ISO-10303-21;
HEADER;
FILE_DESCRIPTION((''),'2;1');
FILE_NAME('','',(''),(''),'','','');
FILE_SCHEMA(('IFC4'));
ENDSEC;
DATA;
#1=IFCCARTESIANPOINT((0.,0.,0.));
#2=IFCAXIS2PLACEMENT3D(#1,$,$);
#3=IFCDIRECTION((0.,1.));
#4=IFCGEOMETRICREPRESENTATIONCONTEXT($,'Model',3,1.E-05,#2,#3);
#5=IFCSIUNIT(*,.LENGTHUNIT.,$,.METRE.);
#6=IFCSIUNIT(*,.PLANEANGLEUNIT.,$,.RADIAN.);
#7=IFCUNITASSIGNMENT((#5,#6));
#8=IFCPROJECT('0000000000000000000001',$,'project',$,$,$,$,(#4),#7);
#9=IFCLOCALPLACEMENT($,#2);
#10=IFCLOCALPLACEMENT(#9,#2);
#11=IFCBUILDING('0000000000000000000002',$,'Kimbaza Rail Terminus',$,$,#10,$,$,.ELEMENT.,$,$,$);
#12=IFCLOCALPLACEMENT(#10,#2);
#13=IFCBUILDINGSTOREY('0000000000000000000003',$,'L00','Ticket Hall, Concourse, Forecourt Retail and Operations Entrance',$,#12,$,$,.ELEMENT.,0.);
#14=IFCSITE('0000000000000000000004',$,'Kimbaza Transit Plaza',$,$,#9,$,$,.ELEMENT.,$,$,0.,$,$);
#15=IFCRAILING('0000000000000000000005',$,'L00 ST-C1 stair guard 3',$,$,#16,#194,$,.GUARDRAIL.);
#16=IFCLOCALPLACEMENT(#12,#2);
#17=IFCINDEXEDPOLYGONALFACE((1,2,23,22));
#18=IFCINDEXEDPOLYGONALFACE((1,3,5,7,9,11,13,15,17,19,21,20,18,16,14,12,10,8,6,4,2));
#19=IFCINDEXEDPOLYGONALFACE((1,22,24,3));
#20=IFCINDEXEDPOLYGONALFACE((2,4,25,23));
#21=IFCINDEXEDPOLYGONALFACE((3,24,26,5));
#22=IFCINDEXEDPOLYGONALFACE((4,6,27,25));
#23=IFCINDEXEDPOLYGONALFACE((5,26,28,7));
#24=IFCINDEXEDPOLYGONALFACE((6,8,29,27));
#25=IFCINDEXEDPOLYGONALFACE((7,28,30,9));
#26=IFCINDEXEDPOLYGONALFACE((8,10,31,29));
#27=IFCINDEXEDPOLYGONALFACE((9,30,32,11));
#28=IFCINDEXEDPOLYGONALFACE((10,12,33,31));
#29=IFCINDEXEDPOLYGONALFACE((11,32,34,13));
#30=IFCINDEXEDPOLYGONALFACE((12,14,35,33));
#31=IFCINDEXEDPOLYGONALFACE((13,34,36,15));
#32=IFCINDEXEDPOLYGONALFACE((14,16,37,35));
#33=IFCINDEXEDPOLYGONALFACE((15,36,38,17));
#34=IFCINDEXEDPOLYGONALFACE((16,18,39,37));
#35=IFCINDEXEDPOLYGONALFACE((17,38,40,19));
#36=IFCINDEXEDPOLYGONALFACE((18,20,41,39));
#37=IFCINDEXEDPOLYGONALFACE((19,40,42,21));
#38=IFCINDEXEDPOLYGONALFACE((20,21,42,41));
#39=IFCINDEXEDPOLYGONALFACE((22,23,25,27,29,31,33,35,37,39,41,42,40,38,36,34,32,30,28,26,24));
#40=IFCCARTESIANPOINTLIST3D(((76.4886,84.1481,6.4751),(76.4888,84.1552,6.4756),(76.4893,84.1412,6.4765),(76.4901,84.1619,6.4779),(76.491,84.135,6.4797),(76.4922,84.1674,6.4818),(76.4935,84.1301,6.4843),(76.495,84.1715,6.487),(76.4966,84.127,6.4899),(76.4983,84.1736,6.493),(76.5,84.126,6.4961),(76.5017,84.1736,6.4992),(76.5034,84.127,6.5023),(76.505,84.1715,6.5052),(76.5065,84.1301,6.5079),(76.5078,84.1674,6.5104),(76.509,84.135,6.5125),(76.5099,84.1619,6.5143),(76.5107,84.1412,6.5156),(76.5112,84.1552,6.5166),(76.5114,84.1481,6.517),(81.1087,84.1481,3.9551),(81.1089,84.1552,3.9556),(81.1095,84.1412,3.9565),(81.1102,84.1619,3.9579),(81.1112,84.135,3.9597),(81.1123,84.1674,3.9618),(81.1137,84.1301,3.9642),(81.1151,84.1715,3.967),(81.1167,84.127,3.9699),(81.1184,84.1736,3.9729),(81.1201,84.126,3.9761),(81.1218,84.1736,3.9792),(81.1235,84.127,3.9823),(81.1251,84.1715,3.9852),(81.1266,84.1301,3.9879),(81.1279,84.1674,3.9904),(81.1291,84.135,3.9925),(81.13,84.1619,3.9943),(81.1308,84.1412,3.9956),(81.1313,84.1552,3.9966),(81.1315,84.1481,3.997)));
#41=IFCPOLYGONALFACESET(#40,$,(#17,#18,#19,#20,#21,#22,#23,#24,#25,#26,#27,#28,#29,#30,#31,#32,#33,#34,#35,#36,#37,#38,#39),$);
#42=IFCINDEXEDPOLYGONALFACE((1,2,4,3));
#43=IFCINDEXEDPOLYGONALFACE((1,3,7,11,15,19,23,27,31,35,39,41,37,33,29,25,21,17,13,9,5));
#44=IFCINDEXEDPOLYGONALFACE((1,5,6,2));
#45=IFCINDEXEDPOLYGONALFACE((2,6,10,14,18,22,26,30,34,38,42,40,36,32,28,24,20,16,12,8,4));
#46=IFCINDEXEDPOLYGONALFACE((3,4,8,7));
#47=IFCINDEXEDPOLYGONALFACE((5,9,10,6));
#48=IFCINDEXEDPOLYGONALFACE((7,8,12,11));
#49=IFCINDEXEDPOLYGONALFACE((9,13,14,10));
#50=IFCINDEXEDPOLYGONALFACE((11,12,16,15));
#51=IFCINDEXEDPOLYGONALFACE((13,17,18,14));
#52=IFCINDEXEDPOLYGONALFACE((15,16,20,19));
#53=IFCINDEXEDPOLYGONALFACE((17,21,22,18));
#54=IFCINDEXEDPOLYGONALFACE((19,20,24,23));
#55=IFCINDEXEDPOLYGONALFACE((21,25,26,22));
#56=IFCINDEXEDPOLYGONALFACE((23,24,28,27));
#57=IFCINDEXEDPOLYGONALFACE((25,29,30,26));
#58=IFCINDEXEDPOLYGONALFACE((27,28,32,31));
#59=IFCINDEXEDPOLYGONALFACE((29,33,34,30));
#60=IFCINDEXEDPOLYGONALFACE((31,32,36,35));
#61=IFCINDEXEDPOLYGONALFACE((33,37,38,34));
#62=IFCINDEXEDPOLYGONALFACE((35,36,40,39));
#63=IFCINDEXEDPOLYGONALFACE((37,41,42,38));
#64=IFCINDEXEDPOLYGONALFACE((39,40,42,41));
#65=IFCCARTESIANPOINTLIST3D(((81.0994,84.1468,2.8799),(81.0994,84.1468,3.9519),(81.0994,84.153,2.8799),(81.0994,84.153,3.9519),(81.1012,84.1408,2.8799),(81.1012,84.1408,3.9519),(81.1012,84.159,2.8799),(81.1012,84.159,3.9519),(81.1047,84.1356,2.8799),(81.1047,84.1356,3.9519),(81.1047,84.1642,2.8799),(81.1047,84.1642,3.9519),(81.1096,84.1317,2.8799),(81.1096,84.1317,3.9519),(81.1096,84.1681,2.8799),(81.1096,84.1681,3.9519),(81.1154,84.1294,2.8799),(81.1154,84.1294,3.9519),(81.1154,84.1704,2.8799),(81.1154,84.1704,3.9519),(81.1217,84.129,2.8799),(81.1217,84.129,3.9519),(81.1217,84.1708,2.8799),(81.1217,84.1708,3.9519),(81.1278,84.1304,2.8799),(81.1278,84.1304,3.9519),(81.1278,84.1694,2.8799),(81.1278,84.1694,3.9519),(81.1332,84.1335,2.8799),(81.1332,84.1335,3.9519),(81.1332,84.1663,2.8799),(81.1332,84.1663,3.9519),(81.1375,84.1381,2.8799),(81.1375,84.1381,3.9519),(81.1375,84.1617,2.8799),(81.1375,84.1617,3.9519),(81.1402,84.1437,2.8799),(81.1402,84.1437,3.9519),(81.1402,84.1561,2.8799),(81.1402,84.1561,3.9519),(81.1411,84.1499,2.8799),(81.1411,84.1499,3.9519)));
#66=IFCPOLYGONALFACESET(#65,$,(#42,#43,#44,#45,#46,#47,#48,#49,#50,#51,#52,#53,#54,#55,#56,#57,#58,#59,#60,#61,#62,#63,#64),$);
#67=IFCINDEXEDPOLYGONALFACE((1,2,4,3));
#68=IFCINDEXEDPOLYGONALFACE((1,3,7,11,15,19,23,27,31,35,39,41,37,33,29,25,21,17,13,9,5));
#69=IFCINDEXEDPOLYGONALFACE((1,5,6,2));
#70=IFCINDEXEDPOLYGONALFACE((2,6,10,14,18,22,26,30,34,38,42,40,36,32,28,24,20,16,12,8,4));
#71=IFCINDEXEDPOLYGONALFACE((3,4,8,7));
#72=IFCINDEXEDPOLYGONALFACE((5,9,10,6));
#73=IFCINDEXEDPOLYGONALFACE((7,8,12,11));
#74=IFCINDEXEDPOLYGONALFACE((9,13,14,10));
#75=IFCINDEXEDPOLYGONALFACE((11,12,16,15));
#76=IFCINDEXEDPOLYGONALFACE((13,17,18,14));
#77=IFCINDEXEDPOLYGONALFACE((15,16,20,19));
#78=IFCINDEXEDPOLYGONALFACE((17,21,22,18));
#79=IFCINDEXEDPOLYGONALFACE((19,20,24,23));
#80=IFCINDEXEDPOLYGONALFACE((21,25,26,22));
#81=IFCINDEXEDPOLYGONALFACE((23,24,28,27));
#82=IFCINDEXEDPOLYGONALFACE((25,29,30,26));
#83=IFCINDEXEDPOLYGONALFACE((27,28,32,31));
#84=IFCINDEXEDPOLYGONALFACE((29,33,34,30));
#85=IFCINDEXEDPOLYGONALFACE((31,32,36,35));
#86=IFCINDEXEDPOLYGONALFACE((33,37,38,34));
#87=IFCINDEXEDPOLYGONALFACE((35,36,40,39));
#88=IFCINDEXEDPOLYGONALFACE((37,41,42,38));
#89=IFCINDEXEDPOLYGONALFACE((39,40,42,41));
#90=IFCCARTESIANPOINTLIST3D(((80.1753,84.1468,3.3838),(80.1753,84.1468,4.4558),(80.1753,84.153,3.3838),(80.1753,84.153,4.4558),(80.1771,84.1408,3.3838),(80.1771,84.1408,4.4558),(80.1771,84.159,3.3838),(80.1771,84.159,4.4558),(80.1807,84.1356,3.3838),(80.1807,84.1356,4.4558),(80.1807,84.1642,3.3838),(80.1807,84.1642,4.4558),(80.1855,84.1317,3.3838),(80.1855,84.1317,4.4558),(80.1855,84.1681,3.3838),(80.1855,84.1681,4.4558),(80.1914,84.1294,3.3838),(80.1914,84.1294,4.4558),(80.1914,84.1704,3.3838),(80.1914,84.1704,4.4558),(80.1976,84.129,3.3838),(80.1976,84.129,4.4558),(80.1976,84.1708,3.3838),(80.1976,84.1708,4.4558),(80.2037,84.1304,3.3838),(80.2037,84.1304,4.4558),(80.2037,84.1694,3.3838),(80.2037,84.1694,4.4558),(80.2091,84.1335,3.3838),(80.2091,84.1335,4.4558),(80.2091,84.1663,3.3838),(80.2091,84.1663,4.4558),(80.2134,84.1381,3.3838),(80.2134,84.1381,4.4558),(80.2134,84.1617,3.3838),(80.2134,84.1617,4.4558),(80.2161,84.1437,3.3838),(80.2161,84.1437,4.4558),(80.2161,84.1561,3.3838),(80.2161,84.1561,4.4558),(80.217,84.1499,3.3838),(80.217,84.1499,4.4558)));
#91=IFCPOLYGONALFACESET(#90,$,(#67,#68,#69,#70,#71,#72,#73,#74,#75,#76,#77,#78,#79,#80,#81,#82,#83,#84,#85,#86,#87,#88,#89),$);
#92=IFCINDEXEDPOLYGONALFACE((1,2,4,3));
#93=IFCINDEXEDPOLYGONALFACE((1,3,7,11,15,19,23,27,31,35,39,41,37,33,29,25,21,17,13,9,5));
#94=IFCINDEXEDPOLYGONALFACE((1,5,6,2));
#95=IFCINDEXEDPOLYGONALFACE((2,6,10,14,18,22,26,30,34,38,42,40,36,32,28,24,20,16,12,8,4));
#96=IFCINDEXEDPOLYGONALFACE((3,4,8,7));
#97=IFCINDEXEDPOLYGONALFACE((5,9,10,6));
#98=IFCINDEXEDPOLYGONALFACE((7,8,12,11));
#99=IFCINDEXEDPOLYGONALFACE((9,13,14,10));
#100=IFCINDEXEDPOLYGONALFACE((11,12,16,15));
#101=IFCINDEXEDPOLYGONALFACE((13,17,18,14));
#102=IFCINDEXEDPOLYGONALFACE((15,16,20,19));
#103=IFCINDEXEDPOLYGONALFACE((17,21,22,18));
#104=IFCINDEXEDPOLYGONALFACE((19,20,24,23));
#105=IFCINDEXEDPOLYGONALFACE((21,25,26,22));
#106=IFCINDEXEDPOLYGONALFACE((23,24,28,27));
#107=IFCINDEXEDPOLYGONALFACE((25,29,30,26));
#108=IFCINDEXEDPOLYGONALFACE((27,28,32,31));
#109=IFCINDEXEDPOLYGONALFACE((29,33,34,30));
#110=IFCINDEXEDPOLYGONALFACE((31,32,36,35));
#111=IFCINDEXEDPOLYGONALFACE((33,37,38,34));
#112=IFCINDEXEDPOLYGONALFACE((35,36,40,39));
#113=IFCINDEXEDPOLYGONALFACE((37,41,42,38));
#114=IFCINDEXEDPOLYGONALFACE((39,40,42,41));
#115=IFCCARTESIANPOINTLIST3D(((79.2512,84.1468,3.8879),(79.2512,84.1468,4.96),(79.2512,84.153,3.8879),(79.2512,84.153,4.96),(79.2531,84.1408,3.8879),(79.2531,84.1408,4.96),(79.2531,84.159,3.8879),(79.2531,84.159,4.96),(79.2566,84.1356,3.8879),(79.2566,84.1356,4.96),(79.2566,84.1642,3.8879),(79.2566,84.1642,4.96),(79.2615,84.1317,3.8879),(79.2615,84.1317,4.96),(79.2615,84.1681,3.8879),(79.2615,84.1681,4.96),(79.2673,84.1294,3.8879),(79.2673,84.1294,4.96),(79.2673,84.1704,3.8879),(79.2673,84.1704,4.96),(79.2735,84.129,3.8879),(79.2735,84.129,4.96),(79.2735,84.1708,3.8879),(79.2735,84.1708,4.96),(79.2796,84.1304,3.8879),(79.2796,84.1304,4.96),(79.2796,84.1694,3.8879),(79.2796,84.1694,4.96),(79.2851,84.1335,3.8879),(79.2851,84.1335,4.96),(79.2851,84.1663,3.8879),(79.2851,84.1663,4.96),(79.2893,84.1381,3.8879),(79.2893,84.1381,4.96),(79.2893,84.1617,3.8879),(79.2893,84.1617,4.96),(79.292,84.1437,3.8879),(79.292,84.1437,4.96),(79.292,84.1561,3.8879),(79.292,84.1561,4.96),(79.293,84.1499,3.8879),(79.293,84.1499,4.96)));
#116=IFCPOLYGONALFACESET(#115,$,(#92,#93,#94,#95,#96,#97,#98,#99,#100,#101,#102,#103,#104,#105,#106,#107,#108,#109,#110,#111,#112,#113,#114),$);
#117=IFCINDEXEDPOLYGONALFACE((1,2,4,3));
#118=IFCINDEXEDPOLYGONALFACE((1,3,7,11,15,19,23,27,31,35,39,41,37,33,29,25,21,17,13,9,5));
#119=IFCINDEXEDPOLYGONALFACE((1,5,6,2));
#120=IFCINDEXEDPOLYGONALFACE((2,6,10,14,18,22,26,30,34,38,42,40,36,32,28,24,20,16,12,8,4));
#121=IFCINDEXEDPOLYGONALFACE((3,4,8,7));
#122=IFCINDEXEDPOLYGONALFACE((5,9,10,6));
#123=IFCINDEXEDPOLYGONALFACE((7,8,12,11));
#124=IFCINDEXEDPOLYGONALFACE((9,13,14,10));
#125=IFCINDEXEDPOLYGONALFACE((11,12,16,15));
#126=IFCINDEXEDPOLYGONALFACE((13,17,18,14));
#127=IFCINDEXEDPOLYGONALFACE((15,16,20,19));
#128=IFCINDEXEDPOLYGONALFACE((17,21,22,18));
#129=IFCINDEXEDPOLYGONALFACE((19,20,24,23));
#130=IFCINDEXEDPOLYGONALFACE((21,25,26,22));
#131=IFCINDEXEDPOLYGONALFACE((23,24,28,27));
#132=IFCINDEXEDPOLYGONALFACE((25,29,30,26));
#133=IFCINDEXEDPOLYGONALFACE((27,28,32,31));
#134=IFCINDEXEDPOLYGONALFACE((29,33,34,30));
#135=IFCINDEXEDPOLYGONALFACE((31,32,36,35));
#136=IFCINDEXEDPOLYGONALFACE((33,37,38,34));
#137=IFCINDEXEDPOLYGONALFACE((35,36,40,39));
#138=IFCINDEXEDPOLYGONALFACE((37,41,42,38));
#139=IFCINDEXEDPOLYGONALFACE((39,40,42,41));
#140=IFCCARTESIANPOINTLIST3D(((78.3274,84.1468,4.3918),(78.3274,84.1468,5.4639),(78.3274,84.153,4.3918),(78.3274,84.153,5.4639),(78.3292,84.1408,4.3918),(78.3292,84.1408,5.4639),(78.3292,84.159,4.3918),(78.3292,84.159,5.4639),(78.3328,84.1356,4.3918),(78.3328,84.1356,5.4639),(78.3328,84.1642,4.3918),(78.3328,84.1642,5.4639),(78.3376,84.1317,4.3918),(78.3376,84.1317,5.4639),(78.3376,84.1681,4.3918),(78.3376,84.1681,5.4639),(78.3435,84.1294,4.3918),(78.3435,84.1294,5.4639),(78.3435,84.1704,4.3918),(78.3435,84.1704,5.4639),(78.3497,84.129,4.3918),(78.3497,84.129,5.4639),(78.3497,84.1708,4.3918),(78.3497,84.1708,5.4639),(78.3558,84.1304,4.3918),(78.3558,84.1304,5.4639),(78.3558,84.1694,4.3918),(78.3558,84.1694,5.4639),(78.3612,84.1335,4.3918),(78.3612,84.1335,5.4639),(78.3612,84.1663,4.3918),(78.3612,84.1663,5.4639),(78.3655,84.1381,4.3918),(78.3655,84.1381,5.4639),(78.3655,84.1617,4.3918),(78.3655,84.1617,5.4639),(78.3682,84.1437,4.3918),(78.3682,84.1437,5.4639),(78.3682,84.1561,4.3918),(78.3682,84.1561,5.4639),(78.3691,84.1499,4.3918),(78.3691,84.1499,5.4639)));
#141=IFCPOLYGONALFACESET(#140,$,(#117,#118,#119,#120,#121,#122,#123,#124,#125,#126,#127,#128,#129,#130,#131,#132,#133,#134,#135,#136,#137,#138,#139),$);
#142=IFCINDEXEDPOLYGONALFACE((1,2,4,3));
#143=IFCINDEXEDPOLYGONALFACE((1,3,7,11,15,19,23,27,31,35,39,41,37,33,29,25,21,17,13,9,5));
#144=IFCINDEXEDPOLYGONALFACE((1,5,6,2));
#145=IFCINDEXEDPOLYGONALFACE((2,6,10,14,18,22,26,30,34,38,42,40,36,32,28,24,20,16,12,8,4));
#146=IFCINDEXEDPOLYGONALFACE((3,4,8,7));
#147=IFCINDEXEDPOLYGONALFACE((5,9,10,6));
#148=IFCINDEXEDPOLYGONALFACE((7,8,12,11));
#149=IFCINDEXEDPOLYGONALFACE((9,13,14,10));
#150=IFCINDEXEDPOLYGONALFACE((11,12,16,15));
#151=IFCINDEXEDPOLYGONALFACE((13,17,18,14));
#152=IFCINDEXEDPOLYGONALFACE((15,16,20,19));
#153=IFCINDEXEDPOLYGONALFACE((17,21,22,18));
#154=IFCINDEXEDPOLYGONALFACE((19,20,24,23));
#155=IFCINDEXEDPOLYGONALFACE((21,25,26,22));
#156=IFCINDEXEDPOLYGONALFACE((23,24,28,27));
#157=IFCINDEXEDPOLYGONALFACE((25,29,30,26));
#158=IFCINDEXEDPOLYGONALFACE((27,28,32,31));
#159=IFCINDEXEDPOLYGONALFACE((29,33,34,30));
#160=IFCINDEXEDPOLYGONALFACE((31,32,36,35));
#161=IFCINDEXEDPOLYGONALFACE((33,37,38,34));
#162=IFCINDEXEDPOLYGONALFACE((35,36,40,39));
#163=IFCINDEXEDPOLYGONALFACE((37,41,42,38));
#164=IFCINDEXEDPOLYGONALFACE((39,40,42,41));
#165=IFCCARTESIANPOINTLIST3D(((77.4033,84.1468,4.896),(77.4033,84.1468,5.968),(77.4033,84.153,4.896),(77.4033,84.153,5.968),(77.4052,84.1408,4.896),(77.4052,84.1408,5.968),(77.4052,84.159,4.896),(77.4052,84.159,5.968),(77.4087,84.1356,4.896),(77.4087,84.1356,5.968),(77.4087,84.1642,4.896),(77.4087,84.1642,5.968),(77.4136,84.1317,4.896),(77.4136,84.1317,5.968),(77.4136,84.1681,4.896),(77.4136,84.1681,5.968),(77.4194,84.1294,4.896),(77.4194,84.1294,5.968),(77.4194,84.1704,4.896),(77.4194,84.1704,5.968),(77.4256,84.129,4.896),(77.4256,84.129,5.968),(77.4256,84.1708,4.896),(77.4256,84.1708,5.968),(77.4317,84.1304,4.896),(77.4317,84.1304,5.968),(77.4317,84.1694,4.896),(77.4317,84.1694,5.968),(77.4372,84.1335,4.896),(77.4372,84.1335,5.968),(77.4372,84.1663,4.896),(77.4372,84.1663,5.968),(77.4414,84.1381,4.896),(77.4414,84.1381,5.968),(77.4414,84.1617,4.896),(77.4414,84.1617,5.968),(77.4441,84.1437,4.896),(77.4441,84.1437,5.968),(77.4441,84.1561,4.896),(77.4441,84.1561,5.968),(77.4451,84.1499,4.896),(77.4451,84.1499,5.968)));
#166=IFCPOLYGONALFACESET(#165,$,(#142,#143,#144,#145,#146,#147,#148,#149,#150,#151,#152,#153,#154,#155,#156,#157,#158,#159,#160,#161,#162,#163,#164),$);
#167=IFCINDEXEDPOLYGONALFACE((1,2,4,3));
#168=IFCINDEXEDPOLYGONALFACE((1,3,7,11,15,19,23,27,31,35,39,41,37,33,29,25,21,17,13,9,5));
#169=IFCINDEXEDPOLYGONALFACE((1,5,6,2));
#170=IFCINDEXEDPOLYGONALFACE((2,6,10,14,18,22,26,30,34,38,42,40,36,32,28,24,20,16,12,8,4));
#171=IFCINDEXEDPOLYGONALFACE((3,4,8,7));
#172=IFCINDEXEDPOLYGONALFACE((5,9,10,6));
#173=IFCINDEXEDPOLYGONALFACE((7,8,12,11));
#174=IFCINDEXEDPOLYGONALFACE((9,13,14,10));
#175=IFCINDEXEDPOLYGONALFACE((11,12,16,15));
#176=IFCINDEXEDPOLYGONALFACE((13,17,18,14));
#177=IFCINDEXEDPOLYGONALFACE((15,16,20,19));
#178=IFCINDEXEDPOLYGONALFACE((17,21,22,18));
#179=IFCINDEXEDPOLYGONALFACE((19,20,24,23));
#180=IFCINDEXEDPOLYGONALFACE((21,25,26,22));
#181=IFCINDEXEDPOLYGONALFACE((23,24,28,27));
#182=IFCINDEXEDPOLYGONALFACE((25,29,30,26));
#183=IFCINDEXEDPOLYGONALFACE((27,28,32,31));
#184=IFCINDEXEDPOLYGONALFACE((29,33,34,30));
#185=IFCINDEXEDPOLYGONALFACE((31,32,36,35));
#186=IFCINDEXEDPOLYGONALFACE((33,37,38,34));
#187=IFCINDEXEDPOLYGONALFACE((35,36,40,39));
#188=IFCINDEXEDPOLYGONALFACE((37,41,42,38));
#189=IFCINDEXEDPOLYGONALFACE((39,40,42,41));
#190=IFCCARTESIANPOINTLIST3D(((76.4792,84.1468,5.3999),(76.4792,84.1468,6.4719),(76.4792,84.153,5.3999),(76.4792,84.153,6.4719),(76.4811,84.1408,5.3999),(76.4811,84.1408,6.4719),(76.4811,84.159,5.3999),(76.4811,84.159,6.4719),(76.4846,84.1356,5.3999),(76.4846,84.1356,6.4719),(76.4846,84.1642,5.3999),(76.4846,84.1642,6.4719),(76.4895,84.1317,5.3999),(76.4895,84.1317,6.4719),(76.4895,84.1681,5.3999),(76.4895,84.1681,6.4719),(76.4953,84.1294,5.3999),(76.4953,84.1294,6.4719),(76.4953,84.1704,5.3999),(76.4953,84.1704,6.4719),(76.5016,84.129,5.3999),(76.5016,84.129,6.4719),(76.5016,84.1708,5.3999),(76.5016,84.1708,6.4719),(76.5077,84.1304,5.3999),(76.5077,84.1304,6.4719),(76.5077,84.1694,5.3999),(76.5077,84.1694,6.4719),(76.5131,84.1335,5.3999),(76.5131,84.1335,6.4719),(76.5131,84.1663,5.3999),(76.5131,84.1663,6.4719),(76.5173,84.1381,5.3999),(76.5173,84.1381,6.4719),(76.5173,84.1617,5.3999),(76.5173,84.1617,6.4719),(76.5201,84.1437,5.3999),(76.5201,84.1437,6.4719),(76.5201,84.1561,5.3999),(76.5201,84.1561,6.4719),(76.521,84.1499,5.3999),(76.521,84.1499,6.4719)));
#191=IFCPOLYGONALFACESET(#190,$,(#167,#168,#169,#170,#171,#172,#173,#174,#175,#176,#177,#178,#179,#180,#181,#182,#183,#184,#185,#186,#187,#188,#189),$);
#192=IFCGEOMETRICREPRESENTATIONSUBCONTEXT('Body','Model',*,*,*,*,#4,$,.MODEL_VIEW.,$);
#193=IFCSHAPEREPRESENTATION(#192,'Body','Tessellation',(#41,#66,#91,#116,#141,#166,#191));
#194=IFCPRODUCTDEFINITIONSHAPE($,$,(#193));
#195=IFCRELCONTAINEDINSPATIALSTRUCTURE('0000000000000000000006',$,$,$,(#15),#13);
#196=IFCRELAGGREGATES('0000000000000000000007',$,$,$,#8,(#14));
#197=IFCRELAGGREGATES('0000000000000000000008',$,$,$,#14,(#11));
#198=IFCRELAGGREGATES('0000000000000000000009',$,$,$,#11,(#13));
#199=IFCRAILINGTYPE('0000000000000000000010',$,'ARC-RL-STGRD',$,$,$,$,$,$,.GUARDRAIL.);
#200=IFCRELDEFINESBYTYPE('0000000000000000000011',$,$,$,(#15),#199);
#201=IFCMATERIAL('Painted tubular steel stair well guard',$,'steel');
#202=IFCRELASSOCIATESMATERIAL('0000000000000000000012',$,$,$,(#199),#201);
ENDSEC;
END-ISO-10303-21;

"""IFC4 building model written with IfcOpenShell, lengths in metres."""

from ifc_helpers import new_model, si_unit, direction, frame, origin, origin_2d, place, context, subcontext, project, spatial, circle, extrude, material, type_object, element, save


model = new_model("IFC4")

# Units and contexts
model_context = context("Model", 3, precision=1e-05, world=origin(), true_north=direction((0.0, 1.0)))
body_context = subcontext(model_context, "Body", "Model", "MODEL_VIEW")
ifc_project = project(units=[si_unit("LENGTHUNIT", "METRE"), si_unit("PLANEANGLEUNIT", "RADIAN")], contexts=[model_context])

# Site, building, storey
site_placement = place(None, origin())
site = spatial("IfcSite", under=ifc_project, at=site_placement, Name="Kimbaza Transit Plaza", CompositionType="ELEMENT", RefElevation=0.0)
building_placement = place(site_placement, origin())
building = spatial("IfcBuilding", under=site, at=building_placement, Name="Kimbaza Rail Terminus", CompositionType="ELEMENT")
storey_placement = place(building_placement, origin())
storey = spatial("IfcBuildingStorey", under=building, at=storey_placement, Name="L00", Description="Ticket Hall, Concourse, Forecourt Retail and Operations Entrance", CompositionType="ELEMENT", Elevation=0.0)

# Railing
ifc_material_1 = material(Name="Painted tubular steel stair well guard", Category="steel")
railing_type_1 = type_object("IfcRailingType", Name="ARC-RL-STGRD", PredefinedType="GUARDRAIL", material=ifc_material_1)
railing_1_placement = place(storey_placement, frame((81.1201, 84.1499, 2.8799)))
element("IfcRailing", 1, at=railing_1_placement, inside=storey, type_object=railing_type_1, Name="L00 ST-C1 stair guard 3", PredefinedType="GUARDRAIL", context=body_context, shape_type="SweptSolid", body=[
    extrude(circle(Radius=0.0239, at=origin_2d()), frame((0.0, 0.0, 1.0962), z_axis=(-0.877899, 0.0, 0.478846), x_axis=(0.0, -1.0, 0.0)), (0.0, 0.0, 1.0), 5.2627),
    extrude(circle(Radius=0.021, at=origin_2d()), origin(), (0.0, 0.0, 1.0), 1.072),
    extrude(circle(Radius=0.021, at=origin_2d()), frame((-0.9241, 0.0, 0.5039)), (0.0, 0.0, 1.0), 1.072),
    extrude(circle(Radius=0.021, at=origin_2d()), frame((-1.8481, 0.0, 1.0081)), (0.0, 0.0, 1.0), 1.072),
    extrude(circle(Radius=0.021, at=origin_2d()), frame((-2.772, 0.0, 1.512)), (0.0, 0.0, 1.0), 1.072),
    extrude(circle(Radius=0.021, at=origin_2d()), frame((-3.696, 0.0, 2.0161)), (0.0, 0.0, 1.0), 1.072),
    extrude(circle(Radius=0.021, at=origin_2d()), frame((-4.6201, 0.0, 2.52)), (0.0, 0.0, 1.0), 1.072),
])

save(model, "model.ifc")
